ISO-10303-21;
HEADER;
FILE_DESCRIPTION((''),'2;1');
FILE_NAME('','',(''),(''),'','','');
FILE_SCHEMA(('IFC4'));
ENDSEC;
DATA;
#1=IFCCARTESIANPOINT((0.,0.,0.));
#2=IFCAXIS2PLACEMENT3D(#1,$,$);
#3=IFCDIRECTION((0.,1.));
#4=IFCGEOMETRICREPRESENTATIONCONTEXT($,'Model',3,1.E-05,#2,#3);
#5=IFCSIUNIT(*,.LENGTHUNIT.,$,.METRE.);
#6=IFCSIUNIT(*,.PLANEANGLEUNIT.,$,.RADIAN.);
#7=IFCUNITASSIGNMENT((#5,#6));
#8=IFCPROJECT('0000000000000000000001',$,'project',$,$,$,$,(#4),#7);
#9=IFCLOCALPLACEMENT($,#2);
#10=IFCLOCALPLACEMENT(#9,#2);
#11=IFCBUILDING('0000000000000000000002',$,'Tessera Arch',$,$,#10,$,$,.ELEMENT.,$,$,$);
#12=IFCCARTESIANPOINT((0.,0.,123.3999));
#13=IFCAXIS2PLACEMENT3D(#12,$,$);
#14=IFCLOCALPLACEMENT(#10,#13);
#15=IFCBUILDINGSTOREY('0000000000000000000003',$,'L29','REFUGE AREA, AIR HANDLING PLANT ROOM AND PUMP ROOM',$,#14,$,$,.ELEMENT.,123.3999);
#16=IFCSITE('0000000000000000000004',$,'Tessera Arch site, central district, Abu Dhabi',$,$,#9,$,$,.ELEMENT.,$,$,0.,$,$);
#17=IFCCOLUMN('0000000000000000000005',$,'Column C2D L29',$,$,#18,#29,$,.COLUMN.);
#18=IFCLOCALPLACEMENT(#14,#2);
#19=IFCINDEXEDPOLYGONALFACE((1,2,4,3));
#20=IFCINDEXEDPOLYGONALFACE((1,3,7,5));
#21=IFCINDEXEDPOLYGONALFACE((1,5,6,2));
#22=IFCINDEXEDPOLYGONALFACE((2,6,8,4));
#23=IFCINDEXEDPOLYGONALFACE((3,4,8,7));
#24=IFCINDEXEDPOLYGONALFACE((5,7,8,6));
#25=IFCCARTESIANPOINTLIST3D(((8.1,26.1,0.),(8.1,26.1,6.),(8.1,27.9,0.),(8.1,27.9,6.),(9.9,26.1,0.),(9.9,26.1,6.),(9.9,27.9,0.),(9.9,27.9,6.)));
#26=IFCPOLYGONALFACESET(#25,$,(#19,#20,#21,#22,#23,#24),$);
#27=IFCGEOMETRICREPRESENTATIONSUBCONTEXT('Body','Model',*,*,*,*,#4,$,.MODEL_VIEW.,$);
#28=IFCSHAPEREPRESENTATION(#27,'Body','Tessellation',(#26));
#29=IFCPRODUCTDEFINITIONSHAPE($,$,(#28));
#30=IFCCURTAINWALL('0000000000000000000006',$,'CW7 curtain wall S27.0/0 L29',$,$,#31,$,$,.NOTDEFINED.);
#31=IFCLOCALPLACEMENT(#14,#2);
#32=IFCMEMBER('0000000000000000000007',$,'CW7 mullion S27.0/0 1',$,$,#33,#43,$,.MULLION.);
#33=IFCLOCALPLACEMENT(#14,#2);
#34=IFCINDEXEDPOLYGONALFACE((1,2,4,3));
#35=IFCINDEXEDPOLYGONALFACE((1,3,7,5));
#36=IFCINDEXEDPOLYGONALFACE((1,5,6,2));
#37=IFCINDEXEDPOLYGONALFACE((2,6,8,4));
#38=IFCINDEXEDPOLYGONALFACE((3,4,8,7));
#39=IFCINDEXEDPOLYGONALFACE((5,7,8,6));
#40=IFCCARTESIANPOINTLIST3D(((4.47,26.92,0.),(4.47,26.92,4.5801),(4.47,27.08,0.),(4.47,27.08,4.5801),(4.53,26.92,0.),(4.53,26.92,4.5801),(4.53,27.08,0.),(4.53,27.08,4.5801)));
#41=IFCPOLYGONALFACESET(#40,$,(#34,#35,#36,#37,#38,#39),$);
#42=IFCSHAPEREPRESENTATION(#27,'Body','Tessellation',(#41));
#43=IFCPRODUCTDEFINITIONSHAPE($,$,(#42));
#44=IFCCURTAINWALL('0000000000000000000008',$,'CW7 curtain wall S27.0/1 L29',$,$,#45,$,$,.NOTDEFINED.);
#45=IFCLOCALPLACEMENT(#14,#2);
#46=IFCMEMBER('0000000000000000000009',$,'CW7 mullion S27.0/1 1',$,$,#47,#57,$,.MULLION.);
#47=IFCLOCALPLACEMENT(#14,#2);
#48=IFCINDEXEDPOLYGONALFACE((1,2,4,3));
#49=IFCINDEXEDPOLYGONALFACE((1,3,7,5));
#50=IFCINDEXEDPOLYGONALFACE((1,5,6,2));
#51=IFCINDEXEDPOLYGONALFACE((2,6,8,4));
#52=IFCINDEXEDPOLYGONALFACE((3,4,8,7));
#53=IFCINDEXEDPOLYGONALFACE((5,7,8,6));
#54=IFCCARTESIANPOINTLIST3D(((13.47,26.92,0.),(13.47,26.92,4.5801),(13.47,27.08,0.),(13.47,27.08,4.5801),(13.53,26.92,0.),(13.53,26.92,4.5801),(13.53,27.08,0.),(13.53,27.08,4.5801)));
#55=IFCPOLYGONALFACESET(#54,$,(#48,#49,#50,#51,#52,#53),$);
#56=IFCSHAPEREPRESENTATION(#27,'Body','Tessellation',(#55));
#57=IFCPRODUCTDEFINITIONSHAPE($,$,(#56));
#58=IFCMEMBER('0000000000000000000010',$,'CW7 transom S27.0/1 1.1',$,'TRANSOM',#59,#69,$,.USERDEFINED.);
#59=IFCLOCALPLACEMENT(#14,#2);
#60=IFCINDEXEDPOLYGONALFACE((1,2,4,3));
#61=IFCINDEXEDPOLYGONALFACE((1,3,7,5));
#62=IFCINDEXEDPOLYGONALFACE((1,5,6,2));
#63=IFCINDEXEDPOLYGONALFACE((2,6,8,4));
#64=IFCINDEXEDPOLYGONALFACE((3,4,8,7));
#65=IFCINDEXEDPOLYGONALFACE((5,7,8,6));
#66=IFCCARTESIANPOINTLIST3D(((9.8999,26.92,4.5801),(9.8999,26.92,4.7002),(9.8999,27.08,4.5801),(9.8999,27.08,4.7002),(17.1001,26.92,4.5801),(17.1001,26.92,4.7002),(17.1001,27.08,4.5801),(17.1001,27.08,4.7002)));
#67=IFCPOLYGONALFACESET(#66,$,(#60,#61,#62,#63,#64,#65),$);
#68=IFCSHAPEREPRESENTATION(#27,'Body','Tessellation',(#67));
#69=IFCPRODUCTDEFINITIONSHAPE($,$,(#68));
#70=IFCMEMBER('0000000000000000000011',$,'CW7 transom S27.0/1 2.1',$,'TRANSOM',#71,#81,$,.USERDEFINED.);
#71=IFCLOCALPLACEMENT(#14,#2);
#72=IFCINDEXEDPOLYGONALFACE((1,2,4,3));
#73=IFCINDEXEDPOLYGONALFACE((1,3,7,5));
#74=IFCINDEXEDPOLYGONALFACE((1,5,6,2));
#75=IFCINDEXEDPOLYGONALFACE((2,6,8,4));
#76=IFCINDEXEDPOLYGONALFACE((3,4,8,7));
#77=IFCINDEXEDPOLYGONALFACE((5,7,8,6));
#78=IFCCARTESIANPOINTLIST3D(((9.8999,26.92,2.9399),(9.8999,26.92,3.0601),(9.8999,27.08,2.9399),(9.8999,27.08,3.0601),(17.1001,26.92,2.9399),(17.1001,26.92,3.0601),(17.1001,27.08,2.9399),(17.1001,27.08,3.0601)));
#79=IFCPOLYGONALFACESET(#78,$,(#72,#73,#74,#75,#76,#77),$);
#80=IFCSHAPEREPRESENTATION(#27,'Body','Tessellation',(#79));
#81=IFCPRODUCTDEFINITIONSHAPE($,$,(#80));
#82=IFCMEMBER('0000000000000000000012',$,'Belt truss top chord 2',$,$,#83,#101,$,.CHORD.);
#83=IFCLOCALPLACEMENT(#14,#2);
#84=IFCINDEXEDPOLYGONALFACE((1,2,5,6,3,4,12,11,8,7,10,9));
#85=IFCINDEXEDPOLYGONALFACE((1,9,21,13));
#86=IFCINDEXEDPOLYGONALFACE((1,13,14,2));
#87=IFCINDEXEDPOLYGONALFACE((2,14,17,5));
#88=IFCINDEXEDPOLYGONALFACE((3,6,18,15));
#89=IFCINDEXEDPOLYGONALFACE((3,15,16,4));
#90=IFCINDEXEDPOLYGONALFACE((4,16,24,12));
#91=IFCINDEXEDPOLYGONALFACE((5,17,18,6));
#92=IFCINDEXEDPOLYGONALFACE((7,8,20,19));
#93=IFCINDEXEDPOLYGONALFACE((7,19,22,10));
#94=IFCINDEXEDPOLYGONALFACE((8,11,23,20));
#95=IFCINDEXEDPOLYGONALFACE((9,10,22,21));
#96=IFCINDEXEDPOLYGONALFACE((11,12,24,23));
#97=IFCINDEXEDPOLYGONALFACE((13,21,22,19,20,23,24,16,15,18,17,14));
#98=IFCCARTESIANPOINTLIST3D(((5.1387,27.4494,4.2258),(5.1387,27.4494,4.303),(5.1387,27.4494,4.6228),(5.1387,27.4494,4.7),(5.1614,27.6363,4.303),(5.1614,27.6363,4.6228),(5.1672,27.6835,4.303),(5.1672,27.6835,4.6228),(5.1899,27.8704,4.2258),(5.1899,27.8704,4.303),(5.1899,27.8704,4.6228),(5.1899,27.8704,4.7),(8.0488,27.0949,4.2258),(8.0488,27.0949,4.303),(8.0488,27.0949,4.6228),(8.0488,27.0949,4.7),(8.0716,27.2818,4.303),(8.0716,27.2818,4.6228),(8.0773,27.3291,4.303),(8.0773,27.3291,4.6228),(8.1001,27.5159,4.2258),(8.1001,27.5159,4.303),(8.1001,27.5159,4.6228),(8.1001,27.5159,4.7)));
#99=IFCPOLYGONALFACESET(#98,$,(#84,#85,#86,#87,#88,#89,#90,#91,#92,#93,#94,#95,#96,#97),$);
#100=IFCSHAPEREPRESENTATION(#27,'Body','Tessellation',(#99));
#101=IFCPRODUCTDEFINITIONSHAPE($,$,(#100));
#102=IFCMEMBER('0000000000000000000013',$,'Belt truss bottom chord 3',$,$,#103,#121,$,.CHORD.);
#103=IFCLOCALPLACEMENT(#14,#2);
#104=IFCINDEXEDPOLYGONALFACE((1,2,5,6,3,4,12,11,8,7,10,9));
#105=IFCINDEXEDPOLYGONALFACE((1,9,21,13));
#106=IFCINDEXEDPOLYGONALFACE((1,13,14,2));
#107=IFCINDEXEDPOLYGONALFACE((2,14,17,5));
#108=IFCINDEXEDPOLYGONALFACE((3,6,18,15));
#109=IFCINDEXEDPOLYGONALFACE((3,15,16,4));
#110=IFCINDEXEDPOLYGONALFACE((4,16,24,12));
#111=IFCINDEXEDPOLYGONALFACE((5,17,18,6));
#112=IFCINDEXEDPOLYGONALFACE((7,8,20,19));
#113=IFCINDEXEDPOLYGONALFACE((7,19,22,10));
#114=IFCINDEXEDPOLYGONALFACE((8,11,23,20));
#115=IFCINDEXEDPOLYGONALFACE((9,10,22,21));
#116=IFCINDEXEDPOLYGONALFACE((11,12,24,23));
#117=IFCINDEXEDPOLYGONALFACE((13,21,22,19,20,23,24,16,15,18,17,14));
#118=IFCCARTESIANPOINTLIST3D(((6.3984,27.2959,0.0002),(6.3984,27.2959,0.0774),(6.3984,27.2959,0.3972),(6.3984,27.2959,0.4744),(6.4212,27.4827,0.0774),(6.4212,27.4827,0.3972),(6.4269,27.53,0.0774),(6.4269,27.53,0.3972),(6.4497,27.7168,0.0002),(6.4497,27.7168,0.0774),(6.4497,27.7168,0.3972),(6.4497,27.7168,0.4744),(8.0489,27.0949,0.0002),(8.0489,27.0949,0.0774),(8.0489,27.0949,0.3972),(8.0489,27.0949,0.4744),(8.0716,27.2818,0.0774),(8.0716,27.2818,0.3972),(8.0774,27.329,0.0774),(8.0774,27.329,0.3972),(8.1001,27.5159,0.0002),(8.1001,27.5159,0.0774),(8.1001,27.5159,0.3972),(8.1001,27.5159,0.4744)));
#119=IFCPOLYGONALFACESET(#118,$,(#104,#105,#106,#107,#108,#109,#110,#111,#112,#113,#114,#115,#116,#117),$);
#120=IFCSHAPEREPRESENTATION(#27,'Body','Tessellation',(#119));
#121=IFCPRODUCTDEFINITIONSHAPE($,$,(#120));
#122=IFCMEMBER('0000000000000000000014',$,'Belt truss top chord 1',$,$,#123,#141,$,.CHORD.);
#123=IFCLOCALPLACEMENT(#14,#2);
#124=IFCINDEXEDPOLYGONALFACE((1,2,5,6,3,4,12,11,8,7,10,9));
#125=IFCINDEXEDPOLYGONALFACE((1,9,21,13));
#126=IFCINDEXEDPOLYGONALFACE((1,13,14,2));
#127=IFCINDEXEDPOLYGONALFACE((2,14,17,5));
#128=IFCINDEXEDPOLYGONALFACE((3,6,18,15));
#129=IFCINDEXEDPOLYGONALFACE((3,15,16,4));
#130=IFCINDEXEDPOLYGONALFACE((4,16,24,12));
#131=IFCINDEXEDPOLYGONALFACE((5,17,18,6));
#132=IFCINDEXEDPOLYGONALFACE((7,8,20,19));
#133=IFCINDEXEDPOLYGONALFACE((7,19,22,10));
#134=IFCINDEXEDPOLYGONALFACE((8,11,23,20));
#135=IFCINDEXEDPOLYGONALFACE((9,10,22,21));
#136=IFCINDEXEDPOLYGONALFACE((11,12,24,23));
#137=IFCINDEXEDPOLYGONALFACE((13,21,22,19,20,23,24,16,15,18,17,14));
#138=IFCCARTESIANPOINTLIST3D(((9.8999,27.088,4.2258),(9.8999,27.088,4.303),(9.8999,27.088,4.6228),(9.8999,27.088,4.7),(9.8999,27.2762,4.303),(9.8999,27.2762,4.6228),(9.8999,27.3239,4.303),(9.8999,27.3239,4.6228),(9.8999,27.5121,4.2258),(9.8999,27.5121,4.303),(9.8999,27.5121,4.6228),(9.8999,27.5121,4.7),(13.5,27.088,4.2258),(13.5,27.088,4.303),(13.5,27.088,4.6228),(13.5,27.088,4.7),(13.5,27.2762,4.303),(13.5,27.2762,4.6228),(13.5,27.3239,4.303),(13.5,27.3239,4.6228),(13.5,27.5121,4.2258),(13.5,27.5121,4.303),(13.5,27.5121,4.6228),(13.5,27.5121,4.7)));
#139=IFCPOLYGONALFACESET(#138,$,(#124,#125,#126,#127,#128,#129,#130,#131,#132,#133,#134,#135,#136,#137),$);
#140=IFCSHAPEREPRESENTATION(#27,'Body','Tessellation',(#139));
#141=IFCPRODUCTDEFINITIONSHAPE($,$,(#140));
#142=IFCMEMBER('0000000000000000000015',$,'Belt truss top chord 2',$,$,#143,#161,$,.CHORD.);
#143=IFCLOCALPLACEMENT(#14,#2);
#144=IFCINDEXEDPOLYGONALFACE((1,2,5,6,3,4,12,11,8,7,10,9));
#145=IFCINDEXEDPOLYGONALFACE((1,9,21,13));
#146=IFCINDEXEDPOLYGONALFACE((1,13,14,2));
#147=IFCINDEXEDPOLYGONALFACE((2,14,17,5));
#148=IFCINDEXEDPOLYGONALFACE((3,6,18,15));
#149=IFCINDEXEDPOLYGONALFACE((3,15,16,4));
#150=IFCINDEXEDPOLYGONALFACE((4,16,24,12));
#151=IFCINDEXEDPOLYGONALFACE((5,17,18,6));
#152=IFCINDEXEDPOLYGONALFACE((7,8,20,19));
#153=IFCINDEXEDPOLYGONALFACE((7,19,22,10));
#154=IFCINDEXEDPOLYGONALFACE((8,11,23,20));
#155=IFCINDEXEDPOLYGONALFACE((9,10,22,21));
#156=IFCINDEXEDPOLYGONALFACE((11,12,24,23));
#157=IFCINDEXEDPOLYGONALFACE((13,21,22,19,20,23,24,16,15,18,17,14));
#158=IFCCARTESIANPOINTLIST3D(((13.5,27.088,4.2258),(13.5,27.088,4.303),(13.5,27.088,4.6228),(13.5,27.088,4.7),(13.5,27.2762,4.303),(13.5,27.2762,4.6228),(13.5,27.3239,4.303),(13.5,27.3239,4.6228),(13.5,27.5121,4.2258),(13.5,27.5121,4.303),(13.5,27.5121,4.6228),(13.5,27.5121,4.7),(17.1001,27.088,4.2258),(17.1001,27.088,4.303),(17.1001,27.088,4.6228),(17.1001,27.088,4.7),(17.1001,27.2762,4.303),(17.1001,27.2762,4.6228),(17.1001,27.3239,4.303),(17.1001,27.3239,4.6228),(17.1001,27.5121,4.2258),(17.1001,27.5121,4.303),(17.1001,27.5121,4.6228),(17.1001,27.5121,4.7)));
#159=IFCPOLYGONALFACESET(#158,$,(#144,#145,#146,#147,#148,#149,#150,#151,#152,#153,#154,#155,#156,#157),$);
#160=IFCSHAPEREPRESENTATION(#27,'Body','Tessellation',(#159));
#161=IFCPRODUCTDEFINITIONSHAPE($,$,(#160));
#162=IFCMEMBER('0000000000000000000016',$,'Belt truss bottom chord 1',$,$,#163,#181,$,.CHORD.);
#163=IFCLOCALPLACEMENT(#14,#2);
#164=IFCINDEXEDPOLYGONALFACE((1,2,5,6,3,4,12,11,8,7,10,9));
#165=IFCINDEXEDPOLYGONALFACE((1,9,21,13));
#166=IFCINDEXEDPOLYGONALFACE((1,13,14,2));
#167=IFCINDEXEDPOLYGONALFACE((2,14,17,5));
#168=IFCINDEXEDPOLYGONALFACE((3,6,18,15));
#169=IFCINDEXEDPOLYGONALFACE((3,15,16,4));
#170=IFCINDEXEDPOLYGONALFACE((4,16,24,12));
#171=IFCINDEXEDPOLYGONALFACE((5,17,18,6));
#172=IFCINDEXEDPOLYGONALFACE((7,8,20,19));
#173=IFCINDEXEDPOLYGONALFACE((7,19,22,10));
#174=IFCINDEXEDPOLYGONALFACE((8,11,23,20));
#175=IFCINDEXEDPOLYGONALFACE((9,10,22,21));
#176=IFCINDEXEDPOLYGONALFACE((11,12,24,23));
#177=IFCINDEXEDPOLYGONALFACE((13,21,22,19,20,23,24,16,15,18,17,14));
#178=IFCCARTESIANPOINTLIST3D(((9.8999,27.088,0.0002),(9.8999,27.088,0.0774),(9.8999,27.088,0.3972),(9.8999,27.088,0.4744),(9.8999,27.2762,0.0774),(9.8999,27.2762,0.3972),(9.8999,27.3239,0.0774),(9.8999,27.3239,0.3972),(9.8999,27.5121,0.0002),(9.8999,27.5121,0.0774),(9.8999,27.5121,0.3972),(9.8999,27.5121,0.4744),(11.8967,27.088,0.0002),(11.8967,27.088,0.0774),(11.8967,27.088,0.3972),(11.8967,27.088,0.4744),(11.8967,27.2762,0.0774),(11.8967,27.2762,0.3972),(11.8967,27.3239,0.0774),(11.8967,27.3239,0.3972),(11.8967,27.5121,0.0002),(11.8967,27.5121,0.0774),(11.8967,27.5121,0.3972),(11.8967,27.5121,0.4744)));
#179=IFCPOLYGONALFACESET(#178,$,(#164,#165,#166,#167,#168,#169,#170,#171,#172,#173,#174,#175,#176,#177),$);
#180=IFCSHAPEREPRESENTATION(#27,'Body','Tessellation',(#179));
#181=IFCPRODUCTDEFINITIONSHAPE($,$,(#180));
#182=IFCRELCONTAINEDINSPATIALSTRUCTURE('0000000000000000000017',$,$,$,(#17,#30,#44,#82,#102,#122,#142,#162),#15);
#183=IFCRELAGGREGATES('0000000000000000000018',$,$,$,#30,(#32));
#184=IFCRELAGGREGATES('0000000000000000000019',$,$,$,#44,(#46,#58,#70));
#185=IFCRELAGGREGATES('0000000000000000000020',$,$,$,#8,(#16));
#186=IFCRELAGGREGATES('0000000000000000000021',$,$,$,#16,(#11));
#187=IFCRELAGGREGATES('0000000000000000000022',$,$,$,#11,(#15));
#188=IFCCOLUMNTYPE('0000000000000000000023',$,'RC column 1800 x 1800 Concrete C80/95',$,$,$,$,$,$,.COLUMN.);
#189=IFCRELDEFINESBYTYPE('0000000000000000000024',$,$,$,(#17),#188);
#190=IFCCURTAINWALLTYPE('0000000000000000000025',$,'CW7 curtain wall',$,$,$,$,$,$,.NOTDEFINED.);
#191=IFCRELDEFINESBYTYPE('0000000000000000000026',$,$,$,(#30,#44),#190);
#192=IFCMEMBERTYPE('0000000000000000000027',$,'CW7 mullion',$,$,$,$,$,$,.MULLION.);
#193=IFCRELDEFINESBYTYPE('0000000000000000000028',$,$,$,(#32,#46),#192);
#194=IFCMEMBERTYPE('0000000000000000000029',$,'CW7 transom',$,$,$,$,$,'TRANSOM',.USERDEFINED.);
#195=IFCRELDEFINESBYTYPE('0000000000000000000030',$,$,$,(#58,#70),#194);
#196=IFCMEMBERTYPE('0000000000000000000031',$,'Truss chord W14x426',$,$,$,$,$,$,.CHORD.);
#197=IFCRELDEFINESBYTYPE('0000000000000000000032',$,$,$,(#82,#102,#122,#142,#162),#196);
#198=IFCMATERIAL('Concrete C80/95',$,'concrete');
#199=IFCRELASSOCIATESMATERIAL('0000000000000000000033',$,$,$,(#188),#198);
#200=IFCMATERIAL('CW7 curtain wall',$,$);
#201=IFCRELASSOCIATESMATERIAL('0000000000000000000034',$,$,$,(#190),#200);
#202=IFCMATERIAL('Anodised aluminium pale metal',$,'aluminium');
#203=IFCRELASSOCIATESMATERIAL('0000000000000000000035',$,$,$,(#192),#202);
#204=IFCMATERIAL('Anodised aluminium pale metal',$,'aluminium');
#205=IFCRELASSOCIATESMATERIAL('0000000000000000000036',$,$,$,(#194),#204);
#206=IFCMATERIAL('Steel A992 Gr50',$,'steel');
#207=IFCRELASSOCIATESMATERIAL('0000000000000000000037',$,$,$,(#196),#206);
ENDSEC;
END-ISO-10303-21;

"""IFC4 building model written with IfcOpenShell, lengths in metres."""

from ifc_helpers import new_model, si_unit, direction, frame, origin, origin_2d, place, context, subcontext, project, spatial, rectangle, i_section, extrude, material, material_profile, profile_set, type_object, element, aggregate, save


model = new_model("IFC4")

# Units and contexts
model_context = context("Model", 3, precision=1e-05, world=origin(), true_north=direction((0.0, 1.0)))
body_context = subcontext(model_context, "Body", "Model", "MODEL_VIEW")
ifc_project = project(units=[si_unit("LENGTHUNIT", "METRE"), si_unit("PLANEANGLEUNIT", "RADIAN")], contexts=[model_context])

# Site, building, storey
site_placement = place(None, origin())
site = spatial("IfcSite", under=ifc_project, at=site_placement, Name="Tessera Arch site, central district, Abu Dhabi", CompositionType="ELEMENT", RefElevation=0.0)
building_placement = place(site_placement, origin())
building = spatial("IfcBuilding", under=site, at=building_placement, Name="Tessera Arch", CompositionType="ELEMENT")
storey_placement = place(building_placement, frame((0.0, 0.0, 123.3999)))
storey = spatial("IfcBuildingStorey", under=building, at=storey_placement, Name="L29", Description="REFUGE AREA, AIR HANDLING PLANT ROOM AND PUMP ROOM", CompositionType="ELEMENT", Elevation=123.3999)

# Column
ifc_material_1 = material(Name="Concrete C80/95", Category="concrete")
ifc_material_profile_1 = material_profile(ifc_material_1, rectangle(XDim=1.8, YDim=1.8, at=origin_2d()), Name="RC column 1800 x 1800 Concrete C80/95")
ifc_profile_set_1 = profile_set([ifc_material_profile_1], Name="Concrete C80/95")
column_type = type_object("IfcColumnType", Name="RC column 1800 x 1800 Concrete C80/95", PredefinedType="COLUMN", material=ifc_profile_set_1)
column_placement = place(storey_placement, frame((9.0, 27.0, 0.0), z_axis=(0.0, 0.0, 1.0), x_axis=(1.0, 0.0, 0.0)))
element("IfcColumn", 1, at=column_placement, inside=storey, type_object=column_type, Name="Column C2D L29", PredefinedType="COLUMN", context=body_context, shape_type="SweptSolid", body=[
    extrude(rectangle(XDim=1.8, YDim=1.8, at=origin_2d()), origin(), (0.0, 0.0, 1.0), 6.0),
])

# Curtain wall, member
ifc_material_2 = material(Name="CW7 curtain wall")
curtain_wall_type = type_object("IfcCurtainWallType", Name="CW7 curtain wall", PredefinedType="NOTDEFINED", material=ifc_material_2)
curtain_wall_1_placement = place(storey_placement, origin())
curtain_wall_1 = element("IfcCurtainWall", 2, at=curtain_wall_1_placement, inside=storey, type_object=curtain_wall_type, Name="CW7 curtain wall S27.0/0 L29", PredefinedType="NOTDEFINED")
ifc_material_3 = material(Name="Anodised aluminium pale metal", Category="aluminium")
ifc_material_profile_2 = material_profile(ifc_material_3, rectangle(XDim=0.1599, YDim=0.0601, at=origin_2d()), Name="AL 60x160")
ifc_profile_set_2 = profile_set([ifc_material_profile_2], Name="Anodised aluminium pale metal")
member_type_1 = type_object("IfcMemberType", Name="CW7 mullion", PredefinedType="MULLION", material=ifc_profile_set_2)
member_1_placement = place(storey_placement, frame((4.5, 27.0, 0.0), z_axis=(0.0, 0.0, 1.0), x_axis=(0.0, 1.0, 0.0)))
member_1 = element("IfcMember", 3, at=member_1_placement, type_object=member_type_1, Name="CW7 mullion S27.0/0 1", PredefinedType="MULLION", context=body_context, shape_type="SweptSolid", body=[
    extrude(rectangle(XDim=0.1599, YDim=0.0601, at=origin_2d()), origin(), (0.0, 0.0, 1.0), 4.5801),
])

# Curtain wall, members
curtain_wall_2_placement = place(storey_placement, origin())
curtain_wall_2 = element("IfcCurtainWall", 4, at=curtain_wall_2_placement, inside=storey, type_object=curtain_wall_type, Name="CW7 curtain wall S27.0/1 L29", PredefinedType="NOTDEFINED")
member_2_placement = place(storey_placement, frame((13.5, 27.0, 0.0), z_axis=(0.0, 0.0, 1.0), x_axis=(0.0, 1.0, 0.0)))
member_2 = element("IfcMember", 5, at=member_2_placement, type_object=member_type_1, Name="CW7 mullion S27.0/1 1", PredefinedType="MULLION", context=body_context, shape_type="SweptSolid", body=[
    extrude(rectangle(XDim=0.1599, YDim=0.0601, at=origin_2d()), origin(), (0.0, 0.0, 1.0), 4.5801),
])
ifc_material_4 = material(Name="Anodised aluminium pale metal", Category="aluminium")
ifc_material_profile_3 = material_profile(ifc_material_4, rectangle(XDim=0.1599, YDim=0.1201, at=origin_2d()), Name="AL 160x120")
ifc_profile_set_3 = profile_set([ifc_material_profile_3], Name="Anodised aluminium pale metal")
member_type_2 = type_object("IfcMemberType", Name="CW7 transom", ElementType="TRANSOM", PredefinedType="USERDEFINED", material=ifc_profile_set_3)
member_3_placement = place(storey_placement, frame((9.8999, 27.0, 4.6401), z_axis=(1.0, 0.0, 0.0), x_axis=(0.0, 1.0, 0.0)))
member_3 = element("IfcMember", 6, at=member_3_placement, type_object=member_type_2, Name="CW7 transom S27.0/1 1.1", ObjectType="TRANSOM", PredefinedType="USERDEFINED", context=body_context, shape_type="SweptSolid", body=[
    extrude(rectangle(XDim=0.1599, YDim=0.1201, at=origin_2d()), origin(), (0.0, 0.0, 1.0), 7.2002),
])
member_4_placement = place(storey_placement, frame((9.8999, 27.0, 3.0), z_axis=(1.0, 0.0, 0.0), x_axis=(0.0, 1.0, 0.0)))
member_4 = element("IfcMember", 7, at=member_4_placement, type_object=member_type_2, Name="CW7 transom S27.0/1 2.1", ObjectType="TRANSOM", PredefinedType="USERDEFINED", context=body_context, shape_type="SweptSolid", body=[
    extrude(rectangle(XDim=0.1599, YDim=0.1201, at=origin_2d()), origin(), (0.0, 0.0, 1.0), 7.2002),
])

# Members
ifc_material_5 = material(Name="Steel A992 Gr50", Category="steel")
ifc_material_profile_4 = material_profile(ifc_material_5, i_section(OverallWidth=0.4241, OverallDepth=0.4741, WebThickness=0.0476, FlangeThickness=0.0771, at=origin_2d()), Name="W14x426")
ifc_profile_set_4 = profile_set([ifc_material_profile_4], Name="Steel A992 Gr50")
member_type_3 = type_object("IfcMemberType", Name="Truss chord W14x426", PredefinedType="CHORD", material=ifc_profile_set_4)
member_5_placement = place(storey_placement, frame((5.1643, 27.6599, 4.4629), z_axis=(0.992662, -0.120918, 0.0), x_axis=(0.120918, 0.992662, 0.0)))
element("IfcMember", 8, at=member_5_placement, inside=storey, type_object=member_type_3, Name="Belt truss top chord 2", PredefinedType="CHORD", context=body_context, shape_type="SweptSolid", body=[
    extrude(i_section(OverallWidth=0.4241, OverallDepth=0.4741, WebThickness=0.0476, FlangeThickness=0.0771, at=origin_2d()), origin(), (0.0, 0.0, 1.0), 2.9316),
])
member_6_placement = place(storey_placement, frame((6.4241, 27.5063, 0.2373), z_axis=(0.99267, -0.120853, 0.0), x_axis=(0.120853, 0.99267, 0.0)))
element("IfcMember", 9, at=member_6_placement, inside=storey, type_object=member_type_3, Name="Belt truss bottom chord 3", PredefinedType="CHORD", context=body_context, shape_type="SweptSolid", body=[
    extrude(i_section(OverallWidth=0.4241, OverallDepth=0.4741, WebThickness=0.0476, FlangeThickness=0.0771, at=origin_2d()), origin(), (0.0, 0.0, 1.0), 1.6626),
])
for number, where, z_axis, x_axis, name in (
    (10, (9.8999, 27.3, 4.4629), (1.0, 0.0, 0.0), (0.0, 1.0, 0.0), "Belt truss top chord 1"),
    (11, (13.5, 27.3, 4.4629), (1.0, 0.0, 0.0), (0.0, 1.0, 0.0), "Belt truss top chord 2"),
):
    element("IfcMember", number, at=place(storey_placement, frame(where, z_axis=z_axis, x_axis=x_axis)), inside=storey, type_object=member_type_3, Name=name, PredefinedType="CHORD", context=body_context, shape_type="SweptSolid", body=[
        extrude(i_section(OverallWidth=0.4241, OverallDepth=0.4741, WebThickness=0.0476, FlangeThickness=0.0771, at=origin_2d()), origin(), (0.0, 0.0, 1.0), 3.6001),
    ])
member_7_placement = place(storey_placement, frame((9.8999, 27.3, 0.2373), z_axis=(1.0, 0.0, 0.0), x_axis=(0.0, 1.0, 0.0)))
element("IfcMember", 12, at=member_7_placement, inside=storey, type_object=member_type_3, Name="Belt truss bottom chord 1", PredefinedType="CHORD", context=body_context, shape_type="SweptSolid", body=[
    extrude(i_section(OverallWidth=0.4241, OverallDepth=0.4741, WebThickness=0.0476, FlangeThickness=0.0771, at=origin_2d()), origin(), (0.0, 0.0, 1.0), 1.9968),
])

aggregate(curtain_wall_1, [member_1])
aggregate(curtain_wall_2, [member_2, member_3, member_4])

save(model, "model.ifc")
